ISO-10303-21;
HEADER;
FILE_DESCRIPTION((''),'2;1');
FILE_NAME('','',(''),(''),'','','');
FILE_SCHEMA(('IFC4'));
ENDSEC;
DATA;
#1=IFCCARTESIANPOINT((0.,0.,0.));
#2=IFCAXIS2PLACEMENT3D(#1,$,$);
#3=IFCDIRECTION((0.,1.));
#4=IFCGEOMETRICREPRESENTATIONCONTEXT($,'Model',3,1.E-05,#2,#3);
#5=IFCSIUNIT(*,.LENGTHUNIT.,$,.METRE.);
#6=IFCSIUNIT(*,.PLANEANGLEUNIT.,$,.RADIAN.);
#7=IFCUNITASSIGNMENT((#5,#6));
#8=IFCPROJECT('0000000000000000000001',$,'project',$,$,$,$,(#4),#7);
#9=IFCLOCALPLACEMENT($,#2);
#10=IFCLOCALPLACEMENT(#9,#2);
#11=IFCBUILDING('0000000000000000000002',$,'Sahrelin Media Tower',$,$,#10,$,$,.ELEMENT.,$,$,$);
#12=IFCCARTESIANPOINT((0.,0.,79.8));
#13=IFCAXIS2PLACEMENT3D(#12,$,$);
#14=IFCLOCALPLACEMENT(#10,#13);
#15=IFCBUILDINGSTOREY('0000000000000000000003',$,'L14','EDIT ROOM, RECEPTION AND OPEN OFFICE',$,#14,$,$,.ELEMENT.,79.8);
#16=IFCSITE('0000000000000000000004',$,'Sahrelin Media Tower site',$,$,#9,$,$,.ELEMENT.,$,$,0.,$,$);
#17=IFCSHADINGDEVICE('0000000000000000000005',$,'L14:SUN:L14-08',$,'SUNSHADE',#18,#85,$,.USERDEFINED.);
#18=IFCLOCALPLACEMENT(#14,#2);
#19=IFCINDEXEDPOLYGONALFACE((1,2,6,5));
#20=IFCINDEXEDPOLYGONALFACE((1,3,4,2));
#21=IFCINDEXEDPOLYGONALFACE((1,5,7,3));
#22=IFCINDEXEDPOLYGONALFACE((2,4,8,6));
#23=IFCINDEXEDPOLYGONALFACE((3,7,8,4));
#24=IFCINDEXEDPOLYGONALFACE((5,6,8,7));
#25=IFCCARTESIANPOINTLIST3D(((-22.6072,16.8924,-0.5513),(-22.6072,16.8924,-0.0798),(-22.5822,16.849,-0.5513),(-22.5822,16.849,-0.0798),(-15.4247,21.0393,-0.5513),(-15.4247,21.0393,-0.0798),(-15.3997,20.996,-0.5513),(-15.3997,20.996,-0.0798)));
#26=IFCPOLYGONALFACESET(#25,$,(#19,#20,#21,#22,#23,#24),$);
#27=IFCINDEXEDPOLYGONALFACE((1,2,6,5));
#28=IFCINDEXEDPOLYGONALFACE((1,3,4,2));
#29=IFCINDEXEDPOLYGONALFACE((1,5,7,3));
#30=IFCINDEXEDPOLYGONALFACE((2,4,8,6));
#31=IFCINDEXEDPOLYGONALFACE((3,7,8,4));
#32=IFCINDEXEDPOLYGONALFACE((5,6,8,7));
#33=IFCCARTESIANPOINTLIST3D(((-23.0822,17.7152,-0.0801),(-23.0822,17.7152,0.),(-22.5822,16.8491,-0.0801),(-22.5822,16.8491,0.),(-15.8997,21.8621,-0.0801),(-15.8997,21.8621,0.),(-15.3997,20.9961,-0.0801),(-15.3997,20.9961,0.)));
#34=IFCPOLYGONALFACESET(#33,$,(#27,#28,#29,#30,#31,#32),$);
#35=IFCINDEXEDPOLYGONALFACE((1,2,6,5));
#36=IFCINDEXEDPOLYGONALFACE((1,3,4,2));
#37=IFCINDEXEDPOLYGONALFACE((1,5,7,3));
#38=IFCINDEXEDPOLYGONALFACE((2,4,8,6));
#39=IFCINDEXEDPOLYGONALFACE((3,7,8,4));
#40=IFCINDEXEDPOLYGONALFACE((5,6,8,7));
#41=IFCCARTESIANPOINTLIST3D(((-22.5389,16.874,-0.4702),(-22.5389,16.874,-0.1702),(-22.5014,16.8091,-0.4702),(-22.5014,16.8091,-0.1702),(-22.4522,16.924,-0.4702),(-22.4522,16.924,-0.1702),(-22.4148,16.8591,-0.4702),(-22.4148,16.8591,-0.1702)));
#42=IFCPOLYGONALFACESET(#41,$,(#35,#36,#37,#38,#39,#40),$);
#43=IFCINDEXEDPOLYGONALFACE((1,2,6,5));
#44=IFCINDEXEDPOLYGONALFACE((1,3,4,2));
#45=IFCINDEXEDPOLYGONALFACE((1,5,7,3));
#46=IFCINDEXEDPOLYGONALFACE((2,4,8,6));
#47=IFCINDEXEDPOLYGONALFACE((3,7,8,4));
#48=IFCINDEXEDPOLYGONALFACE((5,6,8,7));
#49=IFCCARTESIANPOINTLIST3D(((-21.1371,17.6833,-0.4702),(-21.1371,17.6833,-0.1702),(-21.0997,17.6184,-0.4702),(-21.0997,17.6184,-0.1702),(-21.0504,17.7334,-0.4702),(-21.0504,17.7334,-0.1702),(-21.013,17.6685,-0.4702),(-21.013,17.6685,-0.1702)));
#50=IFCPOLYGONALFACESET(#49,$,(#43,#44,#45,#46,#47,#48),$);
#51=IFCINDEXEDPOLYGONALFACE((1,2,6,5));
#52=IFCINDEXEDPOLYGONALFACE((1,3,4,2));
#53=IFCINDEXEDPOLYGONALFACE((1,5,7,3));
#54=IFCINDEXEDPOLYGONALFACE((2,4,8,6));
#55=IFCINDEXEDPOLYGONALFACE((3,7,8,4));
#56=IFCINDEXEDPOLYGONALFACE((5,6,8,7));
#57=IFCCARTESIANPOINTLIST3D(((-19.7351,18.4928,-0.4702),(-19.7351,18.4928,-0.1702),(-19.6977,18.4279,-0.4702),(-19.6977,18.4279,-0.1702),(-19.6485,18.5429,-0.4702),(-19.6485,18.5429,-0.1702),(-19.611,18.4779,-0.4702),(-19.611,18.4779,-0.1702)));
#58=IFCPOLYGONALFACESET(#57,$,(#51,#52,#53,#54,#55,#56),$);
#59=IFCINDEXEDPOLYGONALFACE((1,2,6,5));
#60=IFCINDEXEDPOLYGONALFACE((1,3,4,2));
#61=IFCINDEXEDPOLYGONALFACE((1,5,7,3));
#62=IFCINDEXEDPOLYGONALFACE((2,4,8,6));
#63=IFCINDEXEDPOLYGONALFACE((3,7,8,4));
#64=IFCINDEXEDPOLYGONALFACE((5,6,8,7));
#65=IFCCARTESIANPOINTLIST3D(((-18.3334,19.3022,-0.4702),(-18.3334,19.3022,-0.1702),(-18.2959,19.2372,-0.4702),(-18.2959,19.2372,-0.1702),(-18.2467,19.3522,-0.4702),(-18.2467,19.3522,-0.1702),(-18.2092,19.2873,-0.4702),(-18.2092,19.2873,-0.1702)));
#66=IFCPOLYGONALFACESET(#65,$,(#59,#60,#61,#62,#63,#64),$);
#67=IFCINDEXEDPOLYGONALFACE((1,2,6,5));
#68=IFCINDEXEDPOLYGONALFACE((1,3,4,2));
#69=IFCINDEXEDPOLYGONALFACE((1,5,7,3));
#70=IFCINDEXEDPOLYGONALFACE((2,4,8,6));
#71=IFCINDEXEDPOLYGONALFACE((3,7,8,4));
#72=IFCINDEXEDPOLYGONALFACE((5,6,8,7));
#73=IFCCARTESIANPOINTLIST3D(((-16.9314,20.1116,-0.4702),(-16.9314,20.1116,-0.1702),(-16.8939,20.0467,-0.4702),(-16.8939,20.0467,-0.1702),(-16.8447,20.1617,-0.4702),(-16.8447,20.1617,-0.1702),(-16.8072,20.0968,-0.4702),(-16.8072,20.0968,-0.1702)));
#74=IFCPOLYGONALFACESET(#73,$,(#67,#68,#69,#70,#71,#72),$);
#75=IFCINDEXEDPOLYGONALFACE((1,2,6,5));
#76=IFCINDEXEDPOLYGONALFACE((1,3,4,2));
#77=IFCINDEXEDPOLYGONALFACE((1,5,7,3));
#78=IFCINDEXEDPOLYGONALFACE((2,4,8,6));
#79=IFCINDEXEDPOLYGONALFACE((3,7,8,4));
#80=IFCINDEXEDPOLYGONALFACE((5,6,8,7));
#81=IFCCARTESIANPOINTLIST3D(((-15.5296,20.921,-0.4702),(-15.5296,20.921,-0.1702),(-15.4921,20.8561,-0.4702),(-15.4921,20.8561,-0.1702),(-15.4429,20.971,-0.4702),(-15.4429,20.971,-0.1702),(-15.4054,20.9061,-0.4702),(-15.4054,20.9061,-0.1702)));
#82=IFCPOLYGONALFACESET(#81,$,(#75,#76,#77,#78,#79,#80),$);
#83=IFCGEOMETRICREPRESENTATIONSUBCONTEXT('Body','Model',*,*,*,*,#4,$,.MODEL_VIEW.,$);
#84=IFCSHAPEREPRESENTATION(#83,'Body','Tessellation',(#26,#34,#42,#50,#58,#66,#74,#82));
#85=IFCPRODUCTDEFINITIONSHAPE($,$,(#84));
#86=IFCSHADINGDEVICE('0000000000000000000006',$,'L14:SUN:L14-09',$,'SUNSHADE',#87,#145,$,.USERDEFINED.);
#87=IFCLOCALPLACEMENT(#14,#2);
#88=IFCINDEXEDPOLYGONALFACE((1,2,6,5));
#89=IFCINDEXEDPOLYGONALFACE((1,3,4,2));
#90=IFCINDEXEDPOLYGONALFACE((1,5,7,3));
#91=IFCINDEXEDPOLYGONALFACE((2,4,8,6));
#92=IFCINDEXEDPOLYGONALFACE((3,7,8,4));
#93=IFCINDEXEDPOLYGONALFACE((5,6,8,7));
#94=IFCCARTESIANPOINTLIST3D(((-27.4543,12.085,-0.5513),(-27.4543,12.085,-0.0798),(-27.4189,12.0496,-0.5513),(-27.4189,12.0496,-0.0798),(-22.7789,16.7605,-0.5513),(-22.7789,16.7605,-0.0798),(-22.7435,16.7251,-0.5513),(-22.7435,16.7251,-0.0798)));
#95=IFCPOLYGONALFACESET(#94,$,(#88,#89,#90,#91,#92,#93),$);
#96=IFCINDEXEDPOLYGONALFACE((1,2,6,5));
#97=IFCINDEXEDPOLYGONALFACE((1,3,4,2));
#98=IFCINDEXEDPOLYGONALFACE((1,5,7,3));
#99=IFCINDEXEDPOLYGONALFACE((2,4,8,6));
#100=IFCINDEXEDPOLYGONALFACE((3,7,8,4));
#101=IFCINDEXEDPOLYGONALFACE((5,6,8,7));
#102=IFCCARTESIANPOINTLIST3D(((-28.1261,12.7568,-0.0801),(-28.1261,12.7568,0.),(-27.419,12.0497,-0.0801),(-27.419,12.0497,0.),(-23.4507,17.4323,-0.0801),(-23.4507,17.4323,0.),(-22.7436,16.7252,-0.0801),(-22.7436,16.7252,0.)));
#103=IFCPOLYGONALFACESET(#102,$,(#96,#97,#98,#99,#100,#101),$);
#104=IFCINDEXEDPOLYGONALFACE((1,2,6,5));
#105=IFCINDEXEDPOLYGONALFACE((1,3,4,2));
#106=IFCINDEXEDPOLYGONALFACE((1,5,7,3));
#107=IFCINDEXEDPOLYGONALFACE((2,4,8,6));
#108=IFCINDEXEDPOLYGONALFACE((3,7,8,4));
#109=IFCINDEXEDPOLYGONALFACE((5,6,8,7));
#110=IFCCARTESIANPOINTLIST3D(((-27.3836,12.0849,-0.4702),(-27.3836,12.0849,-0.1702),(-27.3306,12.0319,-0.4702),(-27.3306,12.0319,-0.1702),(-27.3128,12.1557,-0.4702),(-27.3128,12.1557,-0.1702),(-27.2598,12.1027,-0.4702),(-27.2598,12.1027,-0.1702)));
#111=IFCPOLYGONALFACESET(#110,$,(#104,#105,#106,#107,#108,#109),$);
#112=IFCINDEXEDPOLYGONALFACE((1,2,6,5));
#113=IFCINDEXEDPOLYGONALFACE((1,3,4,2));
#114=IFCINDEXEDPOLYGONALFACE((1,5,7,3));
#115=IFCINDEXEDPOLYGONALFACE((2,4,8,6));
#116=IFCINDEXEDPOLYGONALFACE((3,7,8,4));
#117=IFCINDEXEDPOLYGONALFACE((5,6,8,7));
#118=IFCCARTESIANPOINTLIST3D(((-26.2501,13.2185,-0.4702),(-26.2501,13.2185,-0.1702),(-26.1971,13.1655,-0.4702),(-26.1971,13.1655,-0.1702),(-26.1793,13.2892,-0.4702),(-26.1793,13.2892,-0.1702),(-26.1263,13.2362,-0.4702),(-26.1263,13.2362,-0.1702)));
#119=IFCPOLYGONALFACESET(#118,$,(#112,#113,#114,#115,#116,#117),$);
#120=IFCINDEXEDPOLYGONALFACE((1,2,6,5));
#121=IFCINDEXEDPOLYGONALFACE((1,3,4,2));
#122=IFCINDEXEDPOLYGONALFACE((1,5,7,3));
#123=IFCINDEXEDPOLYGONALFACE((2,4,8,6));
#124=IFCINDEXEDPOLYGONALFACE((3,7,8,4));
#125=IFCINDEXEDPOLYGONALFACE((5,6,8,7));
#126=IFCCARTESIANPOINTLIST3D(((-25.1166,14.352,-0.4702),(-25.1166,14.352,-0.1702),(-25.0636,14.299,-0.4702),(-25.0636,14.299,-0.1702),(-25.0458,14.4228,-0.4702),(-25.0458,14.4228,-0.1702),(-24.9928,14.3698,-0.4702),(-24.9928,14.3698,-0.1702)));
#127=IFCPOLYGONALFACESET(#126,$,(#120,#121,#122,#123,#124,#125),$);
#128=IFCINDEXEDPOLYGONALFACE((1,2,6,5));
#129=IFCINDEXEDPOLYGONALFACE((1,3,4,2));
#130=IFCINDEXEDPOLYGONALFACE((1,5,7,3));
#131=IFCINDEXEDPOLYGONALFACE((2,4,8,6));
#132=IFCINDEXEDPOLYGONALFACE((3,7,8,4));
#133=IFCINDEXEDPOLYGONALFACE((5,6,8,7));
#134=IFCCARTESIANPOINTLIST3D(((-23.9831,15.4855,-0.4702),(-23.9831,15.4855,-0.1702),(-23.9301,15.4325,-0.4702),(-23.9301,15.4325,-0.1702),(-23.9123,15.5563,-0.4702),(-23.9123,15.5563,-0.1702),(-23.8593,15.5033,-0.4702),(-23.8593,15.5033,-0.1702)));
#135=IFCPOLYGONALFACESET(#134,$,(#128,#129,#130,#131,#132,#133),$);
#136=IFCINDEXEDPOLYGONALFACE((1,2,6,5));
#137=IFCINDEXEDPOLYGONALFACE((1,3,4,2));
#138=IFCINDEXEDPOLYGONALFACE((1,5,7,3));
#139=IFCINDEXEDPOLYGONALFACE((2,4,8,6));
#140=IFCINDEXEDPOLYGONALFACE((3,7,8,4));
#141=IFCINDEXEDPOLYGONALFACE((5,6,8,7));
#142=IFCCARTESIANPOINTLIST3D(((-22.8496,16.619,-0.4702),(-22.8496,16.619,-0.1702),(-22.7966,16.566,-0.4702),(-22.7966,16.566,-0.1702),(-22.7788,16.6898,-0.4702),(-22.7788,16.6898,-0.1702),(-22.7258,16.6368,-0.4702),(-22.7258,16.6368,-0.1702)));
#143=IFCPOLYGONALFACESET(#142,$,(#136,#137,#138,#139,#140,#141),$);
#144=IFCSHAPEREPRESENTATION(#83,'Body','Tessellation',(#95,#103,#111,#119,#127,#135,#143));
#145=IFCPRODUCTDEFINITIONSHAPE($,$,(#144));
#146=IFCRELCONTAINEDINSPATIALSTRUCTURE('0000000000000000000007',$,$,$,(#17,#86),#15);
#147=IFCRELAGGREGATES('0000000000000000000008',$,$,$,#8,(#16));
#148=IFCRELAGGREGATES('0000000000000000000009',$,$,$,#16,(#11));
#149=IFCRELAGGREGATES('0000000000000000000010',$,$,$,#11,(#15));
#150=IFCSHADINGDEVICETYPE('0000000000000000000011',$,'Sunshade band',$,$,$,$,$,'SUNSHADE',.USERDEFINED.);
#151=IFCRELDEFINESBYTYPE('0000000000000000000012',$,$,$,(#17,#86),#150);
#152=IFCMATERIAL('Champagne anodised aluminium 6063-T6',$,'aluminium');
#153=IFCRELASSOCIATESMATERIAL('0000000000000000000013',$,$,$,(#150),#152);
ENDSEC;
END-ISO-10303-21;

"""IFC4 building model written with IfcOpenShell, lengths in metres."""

from ifc_helpers import new_model, si_unit, direction, frame, origin, origin_2d, place, context, subcontext, project, spatial, rectangle, extrude, material, type_object, element, save


model = new_model("IFC4")

# Units and contexts
model_context = context("Model", 3, precision=1e-05, world=origin(), true_north=direction((0.0, 1.0)))
body_context = subcontext(model_context, "Body", "Model", "MODEL_VIEW")
ifc_project = project(units=[si_unit("LENGTHUNIT", "METRE"), si_unit("PLANEANGLEUNIT", "RADIAN")], contexts=[model_context])

# Site, building, storey
site_placement = place(None, origin())
site = spatial("IfcSite", under=ifc_project, at=site_placement, Name="Sahrelin Media Tower site", CompositionType="ELEMENT", RefElevation=0.0)
building_placement = place(site_placement, origin())
building = spatial("IfcBuilding", under=site, at=building_placement, Name="Sahrelin Media Tower", CompositionType="ELEMENT")
storey_placement = place(building_placement, frame((0.0, 0.0, 79.8)))
storey = spatial("IfcBuildingStorey", under=building, at=storey_placement, Name="L14", Description="EDIT ROOM, RECEPTION AND OPEN OFFICE", CompositionType="ELEMENT", Elevation=79.8)

# Shared definitions
ifc_material_1 = material(Name="Champagne anodised aluminium 6063-T6", Category="aluminium")

# Shading devices
placement_1 = place(storey_placement, frame((-18.981, 18.9053, 0.0), z_axis=(0.0, 0.0, 1.0), x_axis=(0.866019, 0.500011, 0.0)))
placement_2 = place(storey_placement, frame((-25.0671, 14.3733, 0.0), z_axis=(0.0, 0.0, 1.0), x_axis=(0.707107, 0.707107, 0.0)))
shading_device_type_1 = type_object("IfcShadingDeviceType", Name="Sunshade band", ElementType="SUNSHADE", PredefinedType="USERDEFINED", material=ifc_material_1)
element("IfcShadingDevice", 1, at=placement_1, inside=storey, type_object=shading_device_type_1, Name="L14:SUN:L14-08", ObjectType="SUNSHADE", PredefinedType="USERDEFINED", context=body_context, shape_type="SweptSolid", body=[
    extrude(rectangle(XDim=8.2937, YDim=0.05, at=origin_2d()), frame((0.0, 0.0449, -0.5513)), (0.0, 0.0, 1.0), 0.4714),
    extrude(rectangle(XDim=8.2937, YDim=1.0, at=origin_2d()), frame((0.0, 0.52, -0.0801)), (0.0, 0.0, 1.0), 0.0801),
    extrude(rectangle(XDim=0.1001, YDim=0.075, at=origin_2d()), frame((-4.0469, -0.0176, -0.4702)), (0.0, 0.0, 1.0), 0.3),
    extrude(rectangle(XDim=0.1001, YDim=0.075, at=origin_2d()), frame((-2.4282, -0.0176, -0.4702)), (0.0, 0.0, 1.0), 0.3),
    extrude(rectangle(XDim=0.1001, YDim=0.075, at=origin_2d()), frame((-0.8093, -0.0176, -0.4702)), (0.0, 0.0, 1.0), 0.3),
    extrude(rectangle(XDim=0.1001, YDim=0.075, at=origin_2d()), frame((0.8093, -0.0176, -0.4702)), (0.0, 0.0, 1.0), 0.3),
    extrude(rectangle(XDim=0.1001, YDim=0.075, at=origin_2d()), frame((2.4282, -0.0176, -0.4702)), (0.0, 0.0, 1.0), 0.3),
    extrude(rectangle(XDim=0.1001, YDim=0.075, at=origin_2d()), frame((4.0469, -0.0176, -0.4702)), (0.0, 0.0, 1.0), 0.3),
])
element("IfcShadingDevice", 2, at=placement_2, inside=storey, type_object=shading_device_type_1, Name="L14:SUN:L14-09", ObjectType="SUNSHADE", PredefinedType="USERDEFINED", context=body_context, shape_type="SweptSolid", body=[
    extrude(rectangle(XDim=6.6121, YDim=0.05, at=origin_2d()), frame((0.0, 0.0449, -0.5513)), (0.0, 0.0, 1.0), 0.4714),
    extrude(rectangle(XDim=6.6121, YDim=1.0, at=origin_2d()), frame((0.0, 0.52, -0.0801)), (0.0, 0.0, 1.0), 0.0801),
    extrude(rectangle(XDim=0.1001, YDim=0.075, at=origin_2d()), frame((-3.2061, -0.0176, -0.4702)), (0.0, 0.0, 1.0), 0.3),
    extrude(rectangle(XDim=0.1001, YDim=0.075, at=origin_2d()), frame((-1.603, -0.0176, -0.4702)), (0.0, 0.0, 1.0), 0.3),
    extrude(rectangle(XDim=0.1001, YDim=0.075, at=origin_2d()), frame((0.0, -0.0176, -0.4702)), (0.0, 0.0, 1.0), 0.3),
    extrude(rectangle(XDim=0.1001, YDim=0.075, at=origin_2d()), frame((1.603, -0.0176, -0.4702)), (0.0, 0.0, 1.0), 0.3),
    extrude(rectangle(XDim=0.1001, YDim=0.075, at=origin_2d()), frame((3.2061, -0.0176, -0.4702)), (0.0, 0.0, 1.0), 0.3),
])

save(model, "model.ifc")
